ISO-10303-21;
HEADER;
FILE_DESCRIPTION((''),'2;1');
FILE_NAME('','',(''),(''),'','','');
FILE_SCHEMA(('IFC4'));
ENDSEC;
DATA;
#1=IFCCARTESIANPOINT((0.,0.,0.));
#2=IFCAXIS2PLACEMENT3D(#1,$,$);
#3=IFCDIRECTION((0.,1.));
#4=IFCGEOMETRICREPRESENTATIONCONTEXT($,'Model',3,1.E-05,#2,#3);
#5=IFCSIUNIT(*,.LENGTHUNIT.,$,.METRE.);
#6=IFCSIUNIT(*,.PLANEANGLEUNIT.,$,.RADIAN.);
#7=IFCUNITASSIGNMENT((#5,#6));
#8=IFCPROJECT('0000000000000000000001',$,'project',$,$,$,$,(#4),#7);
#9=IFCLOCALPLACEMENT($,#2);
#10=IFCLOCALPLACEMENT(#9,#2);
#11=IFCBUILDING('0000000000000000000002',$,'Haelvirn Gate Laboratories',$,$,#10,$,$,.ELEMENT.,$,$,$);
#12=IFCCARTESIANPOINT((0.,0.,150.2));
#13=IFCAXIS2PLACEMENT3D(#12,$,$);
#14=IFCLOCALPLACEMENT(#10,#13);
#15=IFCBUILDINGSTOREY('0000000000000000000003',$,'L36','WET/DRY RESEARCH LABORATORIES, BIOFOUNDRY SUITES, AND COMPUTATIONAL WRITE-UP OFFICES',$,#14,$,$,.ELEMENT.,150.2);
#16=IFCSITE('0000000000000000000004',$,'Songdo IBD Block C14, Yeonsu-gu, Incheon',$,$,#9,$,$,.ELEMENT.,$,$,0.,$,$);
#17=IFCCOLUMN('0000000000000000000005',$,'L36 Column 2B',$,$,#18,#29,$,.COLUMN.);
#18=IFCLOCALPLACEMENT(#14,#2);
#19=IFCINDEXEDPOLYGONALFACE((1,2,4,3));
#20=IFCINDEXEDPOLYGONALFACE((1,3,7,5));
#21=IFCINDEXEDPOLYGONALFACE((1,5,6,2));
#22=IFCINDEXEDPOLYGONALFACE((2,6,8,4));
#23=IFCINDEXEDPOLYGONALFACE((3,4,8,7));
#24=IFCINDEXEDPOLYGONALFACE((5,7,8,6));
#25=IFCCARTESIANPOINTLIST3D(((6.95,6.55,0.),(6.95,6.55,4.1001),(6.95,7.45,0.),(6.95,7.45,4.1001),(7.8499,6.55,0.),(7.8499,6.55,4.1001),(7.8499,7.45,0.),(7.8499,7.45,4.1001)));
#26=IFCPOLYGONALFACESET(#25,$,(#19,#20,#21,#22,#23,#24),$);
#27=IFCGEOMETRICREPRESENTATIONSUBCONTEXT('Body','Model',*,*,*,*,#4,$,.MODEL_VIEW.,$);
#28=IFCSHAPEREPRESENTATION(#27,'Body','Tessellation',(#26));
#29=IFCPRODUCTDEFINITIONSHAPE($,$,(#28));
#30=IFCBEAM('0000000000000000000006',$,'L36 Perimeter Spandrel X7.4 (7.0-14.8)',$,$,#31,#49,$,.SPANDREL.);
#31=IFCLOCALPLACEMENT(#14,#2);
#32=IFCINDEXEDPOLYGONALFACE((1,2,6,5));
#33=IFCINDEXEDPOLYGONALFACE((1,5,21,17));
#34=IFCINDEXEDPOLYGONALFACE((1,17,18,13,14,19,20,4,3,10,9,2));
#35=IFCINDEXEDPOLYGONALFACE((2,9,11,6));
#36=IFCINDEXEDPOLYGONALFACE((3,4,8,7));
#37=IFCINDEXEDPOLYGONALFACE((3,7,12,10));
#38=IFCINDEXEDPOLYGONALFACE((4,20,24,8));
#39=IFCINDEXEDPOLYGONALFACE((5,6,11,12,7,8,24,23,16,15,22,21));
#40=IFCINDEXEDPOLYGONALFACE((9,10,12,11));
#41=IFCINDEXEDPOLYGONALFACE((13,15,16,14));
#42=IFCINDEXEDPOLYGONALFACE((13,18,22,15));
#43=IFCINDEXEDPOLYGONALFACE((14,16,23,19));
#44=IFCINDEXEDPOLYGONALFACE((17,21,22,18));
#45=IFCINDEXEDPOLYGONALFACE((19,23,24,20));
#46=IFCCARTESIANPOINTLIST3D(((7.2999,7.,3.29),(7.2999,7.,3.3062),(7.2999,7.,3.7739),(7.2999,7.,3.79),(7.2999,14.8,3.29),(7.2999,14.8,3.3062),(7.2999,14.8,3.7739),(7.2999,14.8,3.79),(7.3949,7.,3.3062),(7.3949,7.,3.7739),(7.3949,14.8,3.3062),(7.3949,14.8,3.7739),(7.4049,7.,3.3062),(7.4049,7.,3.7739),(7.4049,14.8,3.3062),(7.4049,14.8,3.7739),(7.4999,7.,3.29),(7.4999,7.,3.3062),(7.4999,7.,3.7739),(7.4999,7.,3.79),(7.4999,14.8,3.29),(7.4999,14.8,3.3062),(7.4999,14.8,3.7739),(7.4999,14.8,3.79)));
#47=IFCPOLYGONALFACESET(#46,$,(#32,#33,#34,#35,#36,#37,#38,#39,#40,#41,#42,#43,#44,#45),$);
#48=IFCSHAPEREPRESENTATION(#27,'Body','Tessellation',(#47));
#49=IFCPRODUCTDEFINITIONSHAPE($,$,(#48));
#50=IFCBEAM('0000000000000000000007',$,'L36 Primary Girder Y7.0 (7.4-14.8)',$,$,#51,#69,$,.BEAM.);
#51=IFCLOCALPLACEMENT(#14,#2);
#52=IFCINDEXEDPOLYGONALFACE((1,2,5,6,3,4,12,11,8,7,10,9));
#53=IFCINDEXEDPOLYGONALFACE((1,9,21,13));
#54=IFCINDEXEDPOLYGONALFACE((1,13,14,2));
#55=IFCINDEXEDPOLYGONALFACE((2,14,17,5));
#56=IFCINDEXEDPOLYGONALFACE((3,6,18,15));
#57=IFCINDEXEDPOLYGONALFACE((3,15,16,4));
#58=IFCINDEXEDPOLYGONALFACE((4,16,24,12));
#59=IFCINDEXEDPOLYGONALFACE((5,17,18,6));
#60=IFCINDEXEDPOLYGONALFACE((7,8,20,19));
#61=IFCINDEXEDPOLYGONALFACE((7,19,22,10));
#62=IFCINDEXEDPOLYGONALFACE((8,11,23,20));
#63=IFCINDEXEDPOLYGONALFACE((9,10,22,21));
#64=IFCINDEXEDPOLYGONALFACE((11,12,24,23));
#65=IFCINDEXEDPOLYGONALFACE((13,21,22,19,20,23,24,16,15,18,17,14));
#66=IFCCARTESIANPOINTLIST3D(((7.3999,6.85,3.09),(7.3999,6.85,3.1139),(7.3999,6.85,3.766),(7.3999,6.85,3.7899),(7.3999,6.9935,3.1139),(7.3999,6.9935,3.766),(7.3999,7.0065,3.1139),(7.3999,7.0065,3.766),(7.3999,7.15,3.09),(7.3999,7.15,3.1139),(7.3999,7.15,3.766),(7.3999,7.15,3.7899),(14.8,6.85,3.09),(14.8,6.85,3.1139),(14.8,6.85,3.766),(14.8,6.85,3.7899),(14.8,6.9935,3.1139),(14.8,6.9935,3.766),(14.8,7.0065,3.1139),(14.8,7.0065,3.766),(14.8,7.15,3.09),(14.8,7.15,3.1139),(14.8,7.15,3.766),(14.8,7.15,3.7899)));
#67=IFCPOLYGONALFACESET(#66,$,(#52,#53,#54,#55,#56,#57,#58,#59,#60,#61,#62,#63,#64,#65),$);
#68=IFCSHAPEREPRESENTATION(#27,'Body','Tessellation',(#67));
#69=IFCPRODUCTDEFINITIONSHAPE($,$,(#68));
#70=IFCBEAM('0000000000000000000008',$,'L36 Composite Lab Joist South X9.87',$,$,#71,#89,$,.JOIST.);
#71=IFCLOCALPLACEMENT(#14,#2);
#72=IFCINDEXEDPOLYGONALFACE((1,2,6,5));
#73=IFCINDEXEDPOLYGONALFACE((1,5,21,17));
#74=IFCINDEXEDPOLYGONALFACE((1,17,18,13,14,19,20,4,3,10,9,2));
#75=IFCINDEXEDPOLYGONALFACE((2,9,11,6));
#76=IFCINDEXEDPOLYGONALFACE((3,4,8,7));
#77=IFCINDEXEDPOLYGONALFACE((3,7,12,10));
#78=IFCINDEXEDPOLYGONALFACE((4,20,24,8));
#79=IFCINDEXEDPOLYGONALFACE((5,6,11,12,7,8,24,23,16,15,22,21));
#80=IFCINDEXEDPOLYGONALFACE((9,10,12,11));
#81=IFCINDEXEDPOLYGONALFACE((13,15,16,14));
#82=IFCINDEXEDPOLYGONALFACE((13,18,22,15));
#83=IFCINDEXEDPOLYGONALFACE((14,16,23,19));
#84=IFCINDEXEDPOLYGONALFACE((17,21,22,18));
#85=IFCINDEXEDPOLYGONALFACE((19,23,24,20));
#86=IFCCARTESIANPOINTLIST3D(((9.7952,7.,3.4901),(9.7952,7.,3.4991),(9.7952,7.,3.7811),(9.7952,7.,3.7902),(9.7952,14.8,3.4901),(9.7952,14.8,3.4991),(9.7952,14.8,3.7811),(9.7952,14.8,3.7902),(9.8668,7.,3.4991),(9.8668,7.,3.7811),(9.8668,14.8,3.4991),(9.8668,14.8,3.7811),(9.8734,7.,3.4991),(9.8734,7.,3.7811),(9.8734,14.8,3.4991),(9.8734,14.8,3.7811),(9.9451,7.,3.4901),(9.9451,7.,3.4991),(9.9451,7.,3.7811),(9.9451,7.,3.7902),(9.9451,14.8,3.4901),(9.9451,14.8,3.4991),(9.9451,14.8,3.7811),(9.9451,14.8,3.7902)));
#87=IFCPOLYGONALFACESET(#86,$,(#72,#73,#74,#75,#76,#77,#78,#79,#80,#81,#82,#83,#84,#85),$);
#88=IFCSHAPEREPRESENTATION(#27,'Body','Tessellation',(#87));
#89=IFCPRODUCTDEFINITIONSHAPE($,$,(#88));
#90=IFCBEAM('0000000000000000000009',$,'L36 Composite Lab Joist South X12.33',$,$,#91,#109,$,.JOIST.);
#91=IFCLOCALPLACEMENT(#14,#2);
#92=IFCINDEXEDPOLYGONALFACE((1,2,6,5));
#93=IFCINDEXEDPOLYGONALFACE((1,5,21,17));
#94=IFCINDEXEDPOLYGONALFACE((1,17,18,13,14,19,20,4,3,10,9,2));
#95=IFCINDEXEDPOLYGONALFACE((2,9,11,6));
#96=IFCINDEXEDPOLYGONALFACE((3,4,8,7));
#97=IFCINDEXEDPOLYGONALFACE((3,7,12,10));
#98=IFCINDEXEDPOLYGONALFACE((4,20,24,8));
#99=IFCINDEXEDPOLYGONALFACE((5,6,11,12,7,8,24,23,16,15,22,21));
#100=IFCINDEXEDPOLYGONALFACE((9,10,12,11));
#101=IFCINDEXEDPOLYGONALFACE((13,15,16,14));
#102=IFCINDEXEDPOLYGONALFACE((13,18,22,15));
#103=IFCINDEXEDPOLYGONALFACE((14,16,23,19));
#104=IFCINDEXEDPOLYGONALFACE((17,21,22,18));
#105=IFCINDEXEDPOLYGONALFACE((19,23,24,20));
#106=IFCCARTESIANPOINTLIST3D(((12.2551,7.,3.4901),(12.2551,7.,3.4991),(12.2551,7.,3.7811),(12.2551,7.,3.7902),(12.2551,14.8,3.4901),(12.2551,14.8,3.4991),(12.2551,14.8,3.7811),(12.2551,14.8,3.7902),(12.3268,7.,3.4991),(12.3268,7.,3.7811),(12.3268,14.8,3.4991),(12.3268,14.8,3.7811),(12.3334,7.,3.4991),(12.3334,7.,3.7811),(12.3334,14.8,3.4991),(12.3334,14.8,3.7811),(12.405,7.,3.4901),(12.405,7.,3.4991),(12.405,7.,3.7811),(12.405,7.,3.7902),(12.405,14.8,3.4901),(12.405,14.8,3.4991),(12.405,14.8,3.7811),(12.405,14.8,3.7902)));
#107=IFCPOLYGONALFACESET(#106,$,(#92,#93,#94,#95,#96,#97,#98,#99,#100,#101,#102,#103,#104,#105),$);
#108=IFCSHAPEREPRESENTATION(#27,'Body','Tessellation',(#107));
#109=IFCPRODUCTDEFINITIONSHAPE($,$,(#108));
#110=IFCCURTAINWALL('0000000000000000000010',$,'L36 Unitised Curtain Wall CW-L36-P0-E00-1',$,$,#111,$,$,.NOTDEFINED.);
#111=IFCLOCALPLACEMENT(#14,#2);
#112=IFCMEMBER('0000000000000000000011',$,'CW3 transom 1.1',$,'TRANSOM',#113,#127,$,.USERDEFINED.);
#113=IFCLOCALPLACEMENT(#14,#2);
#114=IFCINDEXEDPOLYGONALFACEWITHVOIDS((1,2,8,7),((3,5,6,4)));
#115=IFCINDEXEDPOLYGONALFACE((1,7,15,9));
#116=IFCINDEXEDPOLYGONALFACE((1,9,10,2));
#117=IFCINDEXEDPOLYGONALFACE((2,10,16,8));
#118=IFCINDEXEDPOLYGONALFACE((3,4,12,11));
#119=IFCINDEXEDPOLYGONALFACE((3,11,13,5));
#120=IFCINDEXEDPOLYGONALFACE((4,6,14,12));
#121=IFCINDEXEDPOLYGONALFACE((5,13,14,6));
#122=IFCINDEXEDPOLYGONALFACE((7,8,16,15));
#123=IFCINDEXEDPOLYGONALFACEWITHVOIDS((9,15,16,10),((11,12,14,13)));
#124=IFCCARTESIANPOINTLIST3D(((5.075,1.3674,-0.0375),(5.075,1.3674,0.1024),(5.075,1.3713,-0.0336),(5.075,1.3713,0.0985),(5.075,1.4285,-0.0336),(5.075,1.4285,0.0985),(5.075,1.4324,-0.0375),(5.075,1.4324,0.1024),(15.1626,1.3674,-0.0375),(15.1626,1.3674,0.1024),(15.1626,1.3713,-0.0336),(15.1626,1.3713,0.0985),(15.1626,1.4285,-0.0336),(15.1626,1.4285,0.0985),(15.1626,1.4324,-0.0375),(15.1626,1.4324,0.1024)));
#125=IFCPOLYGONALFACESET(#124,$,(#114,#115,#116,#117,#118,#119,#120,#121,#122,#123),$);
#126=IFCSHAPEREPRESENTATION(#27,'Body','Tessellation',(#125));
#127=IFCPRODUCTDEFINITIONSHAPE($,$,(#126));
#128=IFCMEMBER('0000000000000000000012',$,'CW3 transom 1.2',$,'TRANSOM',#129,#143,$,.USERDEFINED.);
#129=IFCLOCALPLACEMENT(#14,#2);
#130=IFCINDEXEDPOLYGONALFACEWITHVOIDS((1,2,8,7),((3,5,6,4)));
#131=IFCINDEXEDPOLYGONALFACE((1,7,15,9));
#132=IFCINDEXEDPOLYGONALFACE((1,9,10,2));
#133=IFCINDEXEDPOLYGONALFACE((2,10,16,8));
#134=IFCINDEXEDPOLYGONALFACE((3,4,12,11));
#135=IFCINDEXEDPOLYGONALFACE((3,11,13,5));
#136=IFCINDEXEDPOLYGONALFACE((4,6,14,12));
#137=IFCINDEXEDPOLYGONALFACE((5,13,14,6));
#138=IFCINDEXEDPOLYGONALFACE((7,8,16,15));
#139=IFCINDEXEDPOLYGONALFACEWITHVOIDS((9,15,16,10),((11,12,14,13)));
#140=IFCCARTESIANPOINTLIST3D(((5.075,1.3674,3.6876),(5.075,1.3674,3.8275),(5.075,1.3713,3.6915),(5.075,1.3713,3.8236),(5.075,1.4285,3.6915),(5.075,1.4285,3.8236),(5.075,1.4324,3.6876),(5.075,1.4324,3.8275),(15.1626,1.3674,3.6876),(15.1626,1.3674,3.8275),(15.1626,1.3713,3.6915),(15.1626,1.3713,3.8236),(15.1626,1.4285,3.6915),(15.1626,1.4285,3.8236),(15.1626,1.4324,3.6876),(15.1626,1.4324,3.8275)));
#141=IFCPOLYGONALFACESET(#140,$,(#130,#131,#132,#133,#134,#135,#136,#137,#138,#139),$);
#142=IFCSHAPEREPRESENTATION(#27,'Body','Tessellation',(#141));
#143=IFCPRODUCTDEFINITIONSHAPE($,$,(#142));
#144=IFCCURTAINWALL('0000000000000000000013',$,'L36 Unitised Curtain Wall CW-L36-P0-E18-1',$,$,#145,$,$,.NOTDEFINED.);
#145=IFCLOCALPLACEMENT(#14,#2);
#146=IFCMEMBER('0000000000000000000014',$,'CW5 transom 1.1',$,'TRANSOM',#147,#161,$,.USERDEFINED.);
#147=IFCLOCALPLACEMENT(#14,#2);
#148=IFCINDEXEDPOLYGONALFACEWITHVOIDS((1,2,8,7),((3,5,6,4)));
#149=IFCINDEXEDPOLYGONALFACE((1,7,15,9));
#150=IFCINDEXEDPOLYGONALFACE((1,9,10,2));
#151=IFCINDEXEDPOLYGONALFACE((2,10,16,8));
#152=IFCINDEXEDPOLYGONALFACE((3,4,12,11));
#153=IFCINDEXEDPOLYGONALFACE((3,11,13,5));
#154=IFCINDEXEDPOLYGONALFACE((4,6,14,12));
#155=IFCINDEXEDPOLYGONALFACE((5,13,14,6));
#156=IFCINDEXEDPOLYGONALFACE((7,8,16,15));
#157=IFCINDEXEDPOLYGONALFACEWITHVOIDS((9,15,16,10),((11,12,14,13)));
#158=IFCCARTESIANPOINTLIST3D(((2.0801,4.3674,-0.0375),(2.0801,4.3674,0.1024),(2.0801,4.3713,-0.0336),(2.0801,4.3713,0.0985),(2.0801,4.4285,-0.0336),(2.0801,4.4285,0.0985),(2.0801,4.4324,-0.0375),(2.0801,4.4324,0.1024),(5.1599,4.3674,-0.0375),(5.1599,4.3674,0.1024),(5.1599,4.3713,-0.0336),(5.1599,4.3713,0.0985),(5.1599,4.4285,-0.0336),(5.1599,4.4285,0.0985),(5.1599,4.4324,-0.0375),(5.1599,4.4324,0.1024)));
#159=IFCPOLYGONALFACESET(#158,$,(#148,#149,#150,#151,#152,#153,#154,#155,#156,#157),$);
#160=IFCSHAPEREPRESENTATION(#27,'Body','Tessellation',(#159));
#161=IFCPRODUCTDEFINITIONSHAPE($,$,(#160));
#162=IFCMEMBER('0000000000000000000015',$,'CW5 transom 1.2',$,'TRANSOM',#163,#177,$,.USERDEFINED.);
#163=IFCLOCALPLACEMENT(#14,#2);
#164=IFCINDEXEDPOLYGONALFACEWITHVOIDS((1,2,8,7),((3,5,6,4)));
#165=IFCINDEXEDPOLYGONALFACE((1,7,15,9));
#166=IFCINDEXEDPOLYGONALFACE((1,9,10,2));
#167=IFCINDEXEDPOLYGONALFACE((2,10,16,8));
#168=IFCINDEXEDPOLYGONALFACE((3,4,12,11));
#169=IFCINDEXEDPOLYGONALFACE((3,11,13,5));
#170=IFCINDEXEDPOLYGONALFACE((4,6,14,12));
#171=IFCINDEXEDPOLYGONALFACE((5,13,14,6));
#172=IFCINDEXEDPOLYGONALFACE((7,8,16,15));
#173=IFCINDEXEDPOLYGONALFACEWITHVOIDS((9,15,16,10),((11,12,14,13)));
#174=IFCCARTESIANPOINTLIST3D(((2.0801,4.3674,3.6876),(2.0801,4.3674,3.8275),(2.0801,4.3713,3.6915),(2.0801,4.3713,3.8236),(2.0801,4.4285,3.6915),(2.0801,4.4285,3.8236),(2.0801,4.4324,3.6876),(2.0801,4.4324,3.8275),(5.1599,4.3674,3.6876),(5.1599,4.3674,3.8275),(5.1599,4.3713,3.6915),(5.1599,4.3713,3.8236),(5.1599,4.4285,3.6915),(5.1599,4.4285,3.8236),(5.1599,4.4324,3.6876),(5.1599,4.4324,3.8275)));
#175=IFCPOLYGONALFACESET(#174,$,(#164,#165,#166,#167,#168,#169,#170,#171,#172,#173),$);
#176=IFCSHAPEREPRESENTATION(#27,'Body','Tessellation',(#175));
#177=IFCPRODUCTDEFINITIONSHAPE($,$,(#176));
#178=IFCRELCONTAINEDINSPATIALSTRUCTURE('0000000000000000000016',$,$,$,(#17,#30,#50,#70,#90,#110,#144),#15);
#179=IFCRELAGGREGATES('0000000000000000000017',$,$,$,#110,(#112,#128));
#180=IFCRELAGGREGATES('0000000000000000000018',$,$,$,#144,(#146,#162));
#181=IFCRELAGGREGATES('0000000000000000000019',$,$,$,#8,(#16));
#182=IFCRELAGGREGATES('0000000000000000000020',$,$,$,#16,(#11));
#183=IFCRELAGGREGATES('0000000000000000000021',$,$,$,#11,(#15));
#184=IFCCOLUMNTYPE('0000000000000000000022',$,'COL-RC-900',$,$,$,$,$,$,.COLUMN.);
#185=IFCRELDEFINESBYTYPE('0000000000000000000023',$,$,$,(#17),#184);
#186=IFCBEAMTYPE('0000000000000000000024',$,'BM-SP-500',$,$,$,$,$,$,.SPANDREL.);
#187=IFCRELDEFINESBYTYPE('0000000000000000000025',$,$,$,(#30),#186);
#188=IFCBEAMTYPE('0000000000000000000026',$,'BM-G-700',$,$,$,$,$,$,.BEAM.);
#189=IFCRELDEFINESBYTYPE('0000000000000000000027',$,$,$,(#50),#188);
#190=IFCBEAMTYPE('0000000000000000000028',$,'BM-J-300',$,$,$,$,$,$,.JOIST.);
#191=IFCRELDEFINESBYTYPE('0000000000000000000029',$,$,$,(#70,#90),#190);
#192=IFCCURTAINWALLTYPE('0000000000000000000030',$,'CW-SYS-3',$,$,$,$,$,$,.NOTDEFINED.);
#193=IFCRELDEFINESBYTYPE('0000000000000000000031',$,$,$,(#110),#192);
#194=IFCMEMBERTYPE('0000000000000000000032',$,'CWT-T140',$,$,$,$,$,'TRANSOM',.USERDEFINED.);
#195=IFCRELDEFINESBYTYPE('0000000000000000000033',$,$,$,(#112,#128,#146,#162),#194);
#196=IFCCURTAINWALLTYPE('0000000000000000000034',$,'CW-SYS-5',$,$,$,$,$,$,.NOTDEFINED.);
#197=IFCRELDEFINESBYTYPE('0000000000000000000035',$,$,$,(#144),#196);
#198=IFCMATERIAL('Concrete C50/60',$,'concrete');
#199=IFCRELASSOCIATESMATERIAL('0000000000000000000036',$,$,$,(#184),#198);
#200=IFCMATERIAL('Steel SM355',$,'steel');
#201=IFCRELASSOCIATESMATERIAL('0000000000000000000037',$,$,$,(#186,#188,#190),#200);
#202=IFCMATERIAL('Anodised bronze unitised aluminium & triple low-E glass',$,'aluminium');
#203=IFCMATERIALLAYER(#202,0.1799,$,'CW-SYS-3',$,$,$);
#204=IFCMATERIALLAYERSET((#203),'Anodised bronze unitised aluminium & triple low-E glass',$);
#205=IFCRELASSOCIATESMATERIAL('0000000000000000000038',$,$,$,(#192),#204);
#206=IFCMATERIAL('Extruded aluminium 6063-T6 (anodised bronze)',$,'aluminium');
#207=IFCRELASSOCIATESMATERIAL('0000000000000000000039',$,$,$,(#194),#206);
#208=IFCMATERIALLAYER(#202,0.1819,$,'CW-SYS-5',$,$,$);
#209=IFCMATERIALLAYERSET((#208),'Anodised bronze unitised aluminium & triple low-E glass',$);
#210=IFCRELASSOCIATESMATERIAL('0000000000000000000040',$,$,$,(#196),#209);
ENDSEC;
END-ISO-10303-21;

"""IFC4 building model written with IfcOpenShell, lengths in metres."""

from ifc_helpers import new_model, si_unit, direction, frame, origin, origin_2d, place, context, subcontext, project, spatial, rectangle, hollow_rectangle, i_section, extrude, source, transform, mapped, material, layer, layer_set, material_profile, profile_set, type_object, type_shapes, element, aggregate, save


model = new_model("IFC4")

# Units and contexts
model_context = context("Model", 3, precision=1e-05, world=origin(), true_north=direction((0.0, 1.0)))
body_context = subcontext(model_context, "Body", "Model", "MODEL_VIEW")
ifc_project = project(units=[si_unit("LENGTHUNIT", "METRE"), si_unit("PLANEANGLEUNIT", "RADIAN")], contexts=[model_context])

# Site, building, storey
site_placement = place(None, origin())
site = spatial("IfcSite", under=ifc_project, at=site_placement, Name="Songdo IBD Block C14, Yeonsu-gu, Incheon", CompositionType="ELEMENT", RefElevation=0.0)
building_placement = place(site_placement, origin())
building = spatial("IfcBuilding", under=site, at=building_placement, Name="Haelvirn Gate Laboratories", CompositionType="ELEMENT")
storey_placement = place(building_placement, frame((0.0, 0.0, 150.2)))
storey = spatial("IfcBuildingStorey", under=building, at=storey_placement, Name="L36", Description="WET/DRY RESEARCH LABORATORIES, BIOFOUNDRY SUITES, AND COMPUTATIONAL WRITE-UP OFFICES", CompositionType="ELEMENT", Elevation=150.2)

# Column
ifc_material_1 = material(Name="Concrete C50/60", Category="concrete")
ifc_material_profile_1 = material_profile(ifc_material_1, rectangle(XDim=0.8999, YDim=0.8999, at=origin_2d()), Name="RC-900x900")
ifc_profile_set_1 = profile_set([ifc_material_profile_1], Name="Concrete C50/60")
column_type = type_object("IfcColumnType", Name="COL-RC-900", PredefinedType="COLUMN", material=ifc_profile_set_1)
shared_shape_1 = source(origin(), body_context, "Body", "SweptSolid", [
    extrude(rectangle(XDim=0.8999, YDim=0.8999, at=origin_2d()), origin(), (0.0, 0.0, 1.0), 4.1001),
])
type_shapes(column_type, [shared_shape_1])
column_placement = place(storey_placement, frame((7.3999, 7.0, 0.0), z_axis=(0.0, 0.0, 1.0), x_axis=(1.0, 0.0, 0.0)))
element("IfcColumn", 1, at=column_placement, inside=storey, type_object=column_type, Name="L36 Column 2B", PredefinedType="COLUMN", context=body_context, shape_type="MappedRepresentation", body=[
    mapped(shared_shape_1, transform((0.0, 0.0, 0.0), scale=1.0)),
])

# Beams
ifc_material_2 = material(Name="Steel SM355", Category="steel")
ifc_material_profile_2 = material_profile(ifc_material_2, i_section(OverallWidth=0.2, OverallDepth=0.5, WebThickness=0.01, FlangeThickness=0.0161, at=origin_2d()), Name="H-500x200x10x16")
ifc_profile_set_2 = profile_set([ifc_material_profile_2], Name="Steel SM355")
beam_type_1 = type_object("IfcBeamType", Name="BM-SP-500", PredefinedType="SPANDREL", material=ifc_profile_set_2)
shared_shape_2 = source(origin(), body_context, "Body", "SweptSolid", [
    extrude(i_section(OverallWidth=0.2, OverallDepth=0.5, WebThickness=0.01, FlangeThickness=0.0161, at=origin_2d()), origin(), (0.0, 0.0, 1.0), 7.8),
])
type_shapes(beam_type_1, [shared_shape_2])
beam_1_placement = place(storey_placement, frame((7.3999, 7.0, 3.54), z_axis=(0.0, 1.0, 0.0), x_axis=(-1.0, 0.0, 0.0)))
element("IfcBeam", 2, at=beam_1_placement, inside=storey, type_object=beam_type_1, Name="L36 Perimeter Spandrel X7.4 (7.0-14.8)", PredefinedType="SPANDREL", context=body_context, shape_type="MappedRepresentation", body=[
    mapped(shared_shape_2, transform((0.0, 0.0, 0.0), scale=1.0)),
])
ifc_material_profile_3 = material_profile(ifc_material_2, i_section(OverallWidth=0.3, OverallDepth=0.7, WebThickness=0.0129, FlangeThickness=0.0239, at=origin_2d()), Name="H-700x300x13x24")
ifc_profile_set_3 = profile_set([ifc_material_profile_3], Name="Steel SM355")
beam_type_2 = type_object("IfcBeamType", Name="BM-G-700", PredefinedType="BEAM", material=ifc_profile_set_3)
shared_shape_3 = source(origin(), body_context, "Body", "SweptSolid", [
    extrude(i_section(OverallWidth=0.3, OverallDepth=0.7, WebThickness=0.0129, FlangeThickness=0.0239, at=origin_2d()), origin(), (0.0, 0.0, 1.0), 7.4001),
])
type_shapes(beam_type_2, [shared_shape_3])
beam_2_placement = place(storey_placement, frame((7.3999, 7.0, 3.4399), z_axis=(1.0, 0.0, 0.0), x_axis=(0.0, 1.0, 0.0)))
element("IfcBeam", 3, at=beam_2_placement, inside=storey, type_object=beam_type_2, Name="L36 Primary Girder Y7.0 (7.4-14.8)", PredefinedType="BEAM", context=body_context, shape_type="MappedRepresentation", body=[
    mapped(shared_shape_3, transform((0.0, 0.0, 0.0), scale=1.0)),
])
ifc_material_profile_4 = material_profile(ifc_material_2, i_section(OverallWidth=0.1499, OverallDepth=0.3, WebThickness=0.0066, FlangeThickness=0.009, at=origin_2d()), Name="H-300x150x6.5x9")
ifc_profile_set_4 = profile_set([ifc_material_profile_4], Name="Steel SM355")
beam_type_3 = type_object("IfcBeamType", Name="BM-J-300", PredefinedType="JOIST", material=ifc_profile_set_4)
shared_shape_4 = source(origin(), body_context, "Body", "SweptSolid", [
    extrude(i_section(OverallWidth=0.1499, OverallDepth=0.3, WebThickness=0.0066, FlangeThickness=0.009, at=origin_2d()), origin(), (0.0, 0.0, 1.0), 7.8),
])
type_shapes(beam_type_3, [shared_shape_4])
for number, where, z_axis, x_axis, name in (
    (4, (9.8701, 7.0, 3.6401), (0.0, 1.0, 0.0), (-1.0, 0.0, 0.0), "L36 Composite Lab Joist South X9.87"),
    (5, (12.3301, 7.0, 3.6401), (0.0, 1.0, 0.0), (-1.0, 0.0, 0.0), "L36 Composite Lab Joist South X12.33"),
):
    element("IfcBeam", number, at=place(storey_placement, frame(where, z_axis=z_axis, x_axis=x_axis)), inside=storey, type_object=beam_type_3, Name=name, PredefinedType="JOIST", context=body_context, shape_type="MappedRepresentation", body=[
        mapped(shared_shape_4, transform((0.0, 0.0, 0.0), scale=1.0)),
    ])

# Curtain walls, members
ifc_material_3 = material(Name="Anodised bronze unitised aluminium & triple low-E glass", Category="aluminium")
ifc_layer_1 = layer(ifc_material_3, 0.1799, Name="CW-SYS-3")
ifc_layer_set_1 = layer_set([ifc_layer_1], Name="Anodised bronze unitised aluminium & triple low-E glass")
curtain_wall_type_1 = type_object("IfcCurtainWallType", Name="CW-SYS-3", PredefinedType="NOTDEFINED", material=ifc_layer_set_1)
curtain_wall_1_placement = place(storey_placement, origin())
curtain_wall_1 = element("IfcCurtainWall", 6, at=curtain_wall_1_placement, inside=storey, type_object=curtain_wall_type_1, Name="L36 Unitised Curtain Wall CW-L36-P0-E00-1", PredefinedType="NOTDEFINED")
ifc_material_4 = material(Name="Extruded aluminium 6063-T6 (anodised bronze)", Category="aluminium")
ifc_material_profile_5 = material_profile(ifc_material_4, hollow_rectangle(XDim=0.0649, YDim=0.1399, WallThickness=0.0039, at=origin_2d()), Name="CWT-140x65x4")
ifc_profile_set_5 = profile_set([ifc_material_profile_5], Name="Extruded aluminium 6063-T6 (anodised bronze)")
member_type_1 = type_object("IfcMemberType", Name="CWT-T140", ElementType="TRANSOM", PredefinedType="USERDEFINED", material=ifc_profile_set_5)
shared_shape_5 = source(origin(), body_context, "Body", "SweptSolid", [
    extrude(hollow_rectangle(XDim=0.0649, YDim=0.1399, WallThickness=0.0039, at=origin_2d()), origin(), (0.0, 0.0, 1.0), 10.0876),
])
member_1_placement = place(storey_placement, frame((5.075, 1.3999, 0.0325), z_axis=(1.0, 0.0, 0.0), x_axis=(0.0, 1.0, 0.0)))
member_1 = element("IfcMember", 7, at=member_1_placement, type_object=member_type_1, Name="CW3 transom 1.1", ObjectType="TRANSOM", PredefinedType="USERDEFINED", context=body_context, shape_type="MappedRepresentation", body=[
    mapped(shared_shape_5, transform((0.0, 0.0, 0.0), scale=1.0)),
])
member_2_placement = place(storey_placement, frame((5.075, 1.3999, 3.7576), z_axis=(1.0, 0.0, 0.0), x_axis=(0.0, 1.0, 0.0)))
member_2 = element("IfcMember", 8, at=member_2_placement, type_object=member_type_1, Name="CW3 transom 1.2", ObjectType="TRANSOM", PredefinedType="USERDEFINED", context=body_context, shape_type="MappedRepresentation", body=[
    mapped(shared_shape_5, transform((0.0, 0.0, 0.0), scale=1.0)),
])
ifc_layer_2 = layer(ifc_material_3, 0.1819, Name="CW-SYS-5")
ifc_layer_set_2 = layer_set([ifc_layer_2], Name="Anodised bronze unitised aluminium & triple low-E glass")
curtain_wall_type_2 = type_object("IfcCurtainWallType", Name="CW-SYS-5", PredefinedType="NOTDEFINED", material=ifc_layer_set_2)
curtain_wall_2_placement = place(storey_placement, origin())
curtain_wall_2 = element("IfcCurtainWall", 9, at=curtain_wall_2_placement, inside=storey, type_object=curtain_wall_type_2, Name="L36 Unitised Curtain Wall CW-L36-P0-E18-1", PredefinedType="NOTDEFINED")
shared_shape_6 = source(origin(), body_context, "Body", "SweptSolid", [
    extrude(hollow_rectangle(XDim=0.0649, YDim=0.1399, WallThickness=0.0039, at=origin_2d()), origin(), (0.0, 0.0, 1.0), 3.0798),
])
type_shapes(member_type_1, [shared_shape_5, shared_shape_6])
member_3_placement = place(storey_placement, frame((2.0801, 4.3999, 0.0325), z_axis=(1.0, 0.0, 0.0), x_axis=(0.0, 1.0, 0.0)))
member_3 = element("IfcMember", 10, at=member_3_placement, type_object=member_type_1, Name="CW5 transom 1.1", ObjectType="TRANSOM", PredefinedType="USERDEFINED", context=body_context, shape_type="MappedRepresentation", body=[
    mapped(shared_shape_6, transform((0.0, 0.0, 0.0), scale=1.0)),
])
member_4_placement = place(storey_placement, frame((2.0801, 4.3999, 3.7576), z_axis=(1.0, 0.0, 0.0), x_axis=(0.0, 1.0, 0.0)))
member_4 = element("IfcMember", 11, at=member_4_placement, type_object=member_type_1, Name="CW5 transom 1.2", ObjectType="TRANSOM", PredefinedType="USERDEFINED", context=body_context, shape_type="MappedRepresentation", body=[
    mapped(shared_shape_6, transform((0.0, 0.0, 0.0), scale=1.0)),
])

aggregate(curtain_wall_1, [member_1, member_2])
aggregate(curtain_wall_2, [member_3, member_4])

save(model, "model.ifc")
